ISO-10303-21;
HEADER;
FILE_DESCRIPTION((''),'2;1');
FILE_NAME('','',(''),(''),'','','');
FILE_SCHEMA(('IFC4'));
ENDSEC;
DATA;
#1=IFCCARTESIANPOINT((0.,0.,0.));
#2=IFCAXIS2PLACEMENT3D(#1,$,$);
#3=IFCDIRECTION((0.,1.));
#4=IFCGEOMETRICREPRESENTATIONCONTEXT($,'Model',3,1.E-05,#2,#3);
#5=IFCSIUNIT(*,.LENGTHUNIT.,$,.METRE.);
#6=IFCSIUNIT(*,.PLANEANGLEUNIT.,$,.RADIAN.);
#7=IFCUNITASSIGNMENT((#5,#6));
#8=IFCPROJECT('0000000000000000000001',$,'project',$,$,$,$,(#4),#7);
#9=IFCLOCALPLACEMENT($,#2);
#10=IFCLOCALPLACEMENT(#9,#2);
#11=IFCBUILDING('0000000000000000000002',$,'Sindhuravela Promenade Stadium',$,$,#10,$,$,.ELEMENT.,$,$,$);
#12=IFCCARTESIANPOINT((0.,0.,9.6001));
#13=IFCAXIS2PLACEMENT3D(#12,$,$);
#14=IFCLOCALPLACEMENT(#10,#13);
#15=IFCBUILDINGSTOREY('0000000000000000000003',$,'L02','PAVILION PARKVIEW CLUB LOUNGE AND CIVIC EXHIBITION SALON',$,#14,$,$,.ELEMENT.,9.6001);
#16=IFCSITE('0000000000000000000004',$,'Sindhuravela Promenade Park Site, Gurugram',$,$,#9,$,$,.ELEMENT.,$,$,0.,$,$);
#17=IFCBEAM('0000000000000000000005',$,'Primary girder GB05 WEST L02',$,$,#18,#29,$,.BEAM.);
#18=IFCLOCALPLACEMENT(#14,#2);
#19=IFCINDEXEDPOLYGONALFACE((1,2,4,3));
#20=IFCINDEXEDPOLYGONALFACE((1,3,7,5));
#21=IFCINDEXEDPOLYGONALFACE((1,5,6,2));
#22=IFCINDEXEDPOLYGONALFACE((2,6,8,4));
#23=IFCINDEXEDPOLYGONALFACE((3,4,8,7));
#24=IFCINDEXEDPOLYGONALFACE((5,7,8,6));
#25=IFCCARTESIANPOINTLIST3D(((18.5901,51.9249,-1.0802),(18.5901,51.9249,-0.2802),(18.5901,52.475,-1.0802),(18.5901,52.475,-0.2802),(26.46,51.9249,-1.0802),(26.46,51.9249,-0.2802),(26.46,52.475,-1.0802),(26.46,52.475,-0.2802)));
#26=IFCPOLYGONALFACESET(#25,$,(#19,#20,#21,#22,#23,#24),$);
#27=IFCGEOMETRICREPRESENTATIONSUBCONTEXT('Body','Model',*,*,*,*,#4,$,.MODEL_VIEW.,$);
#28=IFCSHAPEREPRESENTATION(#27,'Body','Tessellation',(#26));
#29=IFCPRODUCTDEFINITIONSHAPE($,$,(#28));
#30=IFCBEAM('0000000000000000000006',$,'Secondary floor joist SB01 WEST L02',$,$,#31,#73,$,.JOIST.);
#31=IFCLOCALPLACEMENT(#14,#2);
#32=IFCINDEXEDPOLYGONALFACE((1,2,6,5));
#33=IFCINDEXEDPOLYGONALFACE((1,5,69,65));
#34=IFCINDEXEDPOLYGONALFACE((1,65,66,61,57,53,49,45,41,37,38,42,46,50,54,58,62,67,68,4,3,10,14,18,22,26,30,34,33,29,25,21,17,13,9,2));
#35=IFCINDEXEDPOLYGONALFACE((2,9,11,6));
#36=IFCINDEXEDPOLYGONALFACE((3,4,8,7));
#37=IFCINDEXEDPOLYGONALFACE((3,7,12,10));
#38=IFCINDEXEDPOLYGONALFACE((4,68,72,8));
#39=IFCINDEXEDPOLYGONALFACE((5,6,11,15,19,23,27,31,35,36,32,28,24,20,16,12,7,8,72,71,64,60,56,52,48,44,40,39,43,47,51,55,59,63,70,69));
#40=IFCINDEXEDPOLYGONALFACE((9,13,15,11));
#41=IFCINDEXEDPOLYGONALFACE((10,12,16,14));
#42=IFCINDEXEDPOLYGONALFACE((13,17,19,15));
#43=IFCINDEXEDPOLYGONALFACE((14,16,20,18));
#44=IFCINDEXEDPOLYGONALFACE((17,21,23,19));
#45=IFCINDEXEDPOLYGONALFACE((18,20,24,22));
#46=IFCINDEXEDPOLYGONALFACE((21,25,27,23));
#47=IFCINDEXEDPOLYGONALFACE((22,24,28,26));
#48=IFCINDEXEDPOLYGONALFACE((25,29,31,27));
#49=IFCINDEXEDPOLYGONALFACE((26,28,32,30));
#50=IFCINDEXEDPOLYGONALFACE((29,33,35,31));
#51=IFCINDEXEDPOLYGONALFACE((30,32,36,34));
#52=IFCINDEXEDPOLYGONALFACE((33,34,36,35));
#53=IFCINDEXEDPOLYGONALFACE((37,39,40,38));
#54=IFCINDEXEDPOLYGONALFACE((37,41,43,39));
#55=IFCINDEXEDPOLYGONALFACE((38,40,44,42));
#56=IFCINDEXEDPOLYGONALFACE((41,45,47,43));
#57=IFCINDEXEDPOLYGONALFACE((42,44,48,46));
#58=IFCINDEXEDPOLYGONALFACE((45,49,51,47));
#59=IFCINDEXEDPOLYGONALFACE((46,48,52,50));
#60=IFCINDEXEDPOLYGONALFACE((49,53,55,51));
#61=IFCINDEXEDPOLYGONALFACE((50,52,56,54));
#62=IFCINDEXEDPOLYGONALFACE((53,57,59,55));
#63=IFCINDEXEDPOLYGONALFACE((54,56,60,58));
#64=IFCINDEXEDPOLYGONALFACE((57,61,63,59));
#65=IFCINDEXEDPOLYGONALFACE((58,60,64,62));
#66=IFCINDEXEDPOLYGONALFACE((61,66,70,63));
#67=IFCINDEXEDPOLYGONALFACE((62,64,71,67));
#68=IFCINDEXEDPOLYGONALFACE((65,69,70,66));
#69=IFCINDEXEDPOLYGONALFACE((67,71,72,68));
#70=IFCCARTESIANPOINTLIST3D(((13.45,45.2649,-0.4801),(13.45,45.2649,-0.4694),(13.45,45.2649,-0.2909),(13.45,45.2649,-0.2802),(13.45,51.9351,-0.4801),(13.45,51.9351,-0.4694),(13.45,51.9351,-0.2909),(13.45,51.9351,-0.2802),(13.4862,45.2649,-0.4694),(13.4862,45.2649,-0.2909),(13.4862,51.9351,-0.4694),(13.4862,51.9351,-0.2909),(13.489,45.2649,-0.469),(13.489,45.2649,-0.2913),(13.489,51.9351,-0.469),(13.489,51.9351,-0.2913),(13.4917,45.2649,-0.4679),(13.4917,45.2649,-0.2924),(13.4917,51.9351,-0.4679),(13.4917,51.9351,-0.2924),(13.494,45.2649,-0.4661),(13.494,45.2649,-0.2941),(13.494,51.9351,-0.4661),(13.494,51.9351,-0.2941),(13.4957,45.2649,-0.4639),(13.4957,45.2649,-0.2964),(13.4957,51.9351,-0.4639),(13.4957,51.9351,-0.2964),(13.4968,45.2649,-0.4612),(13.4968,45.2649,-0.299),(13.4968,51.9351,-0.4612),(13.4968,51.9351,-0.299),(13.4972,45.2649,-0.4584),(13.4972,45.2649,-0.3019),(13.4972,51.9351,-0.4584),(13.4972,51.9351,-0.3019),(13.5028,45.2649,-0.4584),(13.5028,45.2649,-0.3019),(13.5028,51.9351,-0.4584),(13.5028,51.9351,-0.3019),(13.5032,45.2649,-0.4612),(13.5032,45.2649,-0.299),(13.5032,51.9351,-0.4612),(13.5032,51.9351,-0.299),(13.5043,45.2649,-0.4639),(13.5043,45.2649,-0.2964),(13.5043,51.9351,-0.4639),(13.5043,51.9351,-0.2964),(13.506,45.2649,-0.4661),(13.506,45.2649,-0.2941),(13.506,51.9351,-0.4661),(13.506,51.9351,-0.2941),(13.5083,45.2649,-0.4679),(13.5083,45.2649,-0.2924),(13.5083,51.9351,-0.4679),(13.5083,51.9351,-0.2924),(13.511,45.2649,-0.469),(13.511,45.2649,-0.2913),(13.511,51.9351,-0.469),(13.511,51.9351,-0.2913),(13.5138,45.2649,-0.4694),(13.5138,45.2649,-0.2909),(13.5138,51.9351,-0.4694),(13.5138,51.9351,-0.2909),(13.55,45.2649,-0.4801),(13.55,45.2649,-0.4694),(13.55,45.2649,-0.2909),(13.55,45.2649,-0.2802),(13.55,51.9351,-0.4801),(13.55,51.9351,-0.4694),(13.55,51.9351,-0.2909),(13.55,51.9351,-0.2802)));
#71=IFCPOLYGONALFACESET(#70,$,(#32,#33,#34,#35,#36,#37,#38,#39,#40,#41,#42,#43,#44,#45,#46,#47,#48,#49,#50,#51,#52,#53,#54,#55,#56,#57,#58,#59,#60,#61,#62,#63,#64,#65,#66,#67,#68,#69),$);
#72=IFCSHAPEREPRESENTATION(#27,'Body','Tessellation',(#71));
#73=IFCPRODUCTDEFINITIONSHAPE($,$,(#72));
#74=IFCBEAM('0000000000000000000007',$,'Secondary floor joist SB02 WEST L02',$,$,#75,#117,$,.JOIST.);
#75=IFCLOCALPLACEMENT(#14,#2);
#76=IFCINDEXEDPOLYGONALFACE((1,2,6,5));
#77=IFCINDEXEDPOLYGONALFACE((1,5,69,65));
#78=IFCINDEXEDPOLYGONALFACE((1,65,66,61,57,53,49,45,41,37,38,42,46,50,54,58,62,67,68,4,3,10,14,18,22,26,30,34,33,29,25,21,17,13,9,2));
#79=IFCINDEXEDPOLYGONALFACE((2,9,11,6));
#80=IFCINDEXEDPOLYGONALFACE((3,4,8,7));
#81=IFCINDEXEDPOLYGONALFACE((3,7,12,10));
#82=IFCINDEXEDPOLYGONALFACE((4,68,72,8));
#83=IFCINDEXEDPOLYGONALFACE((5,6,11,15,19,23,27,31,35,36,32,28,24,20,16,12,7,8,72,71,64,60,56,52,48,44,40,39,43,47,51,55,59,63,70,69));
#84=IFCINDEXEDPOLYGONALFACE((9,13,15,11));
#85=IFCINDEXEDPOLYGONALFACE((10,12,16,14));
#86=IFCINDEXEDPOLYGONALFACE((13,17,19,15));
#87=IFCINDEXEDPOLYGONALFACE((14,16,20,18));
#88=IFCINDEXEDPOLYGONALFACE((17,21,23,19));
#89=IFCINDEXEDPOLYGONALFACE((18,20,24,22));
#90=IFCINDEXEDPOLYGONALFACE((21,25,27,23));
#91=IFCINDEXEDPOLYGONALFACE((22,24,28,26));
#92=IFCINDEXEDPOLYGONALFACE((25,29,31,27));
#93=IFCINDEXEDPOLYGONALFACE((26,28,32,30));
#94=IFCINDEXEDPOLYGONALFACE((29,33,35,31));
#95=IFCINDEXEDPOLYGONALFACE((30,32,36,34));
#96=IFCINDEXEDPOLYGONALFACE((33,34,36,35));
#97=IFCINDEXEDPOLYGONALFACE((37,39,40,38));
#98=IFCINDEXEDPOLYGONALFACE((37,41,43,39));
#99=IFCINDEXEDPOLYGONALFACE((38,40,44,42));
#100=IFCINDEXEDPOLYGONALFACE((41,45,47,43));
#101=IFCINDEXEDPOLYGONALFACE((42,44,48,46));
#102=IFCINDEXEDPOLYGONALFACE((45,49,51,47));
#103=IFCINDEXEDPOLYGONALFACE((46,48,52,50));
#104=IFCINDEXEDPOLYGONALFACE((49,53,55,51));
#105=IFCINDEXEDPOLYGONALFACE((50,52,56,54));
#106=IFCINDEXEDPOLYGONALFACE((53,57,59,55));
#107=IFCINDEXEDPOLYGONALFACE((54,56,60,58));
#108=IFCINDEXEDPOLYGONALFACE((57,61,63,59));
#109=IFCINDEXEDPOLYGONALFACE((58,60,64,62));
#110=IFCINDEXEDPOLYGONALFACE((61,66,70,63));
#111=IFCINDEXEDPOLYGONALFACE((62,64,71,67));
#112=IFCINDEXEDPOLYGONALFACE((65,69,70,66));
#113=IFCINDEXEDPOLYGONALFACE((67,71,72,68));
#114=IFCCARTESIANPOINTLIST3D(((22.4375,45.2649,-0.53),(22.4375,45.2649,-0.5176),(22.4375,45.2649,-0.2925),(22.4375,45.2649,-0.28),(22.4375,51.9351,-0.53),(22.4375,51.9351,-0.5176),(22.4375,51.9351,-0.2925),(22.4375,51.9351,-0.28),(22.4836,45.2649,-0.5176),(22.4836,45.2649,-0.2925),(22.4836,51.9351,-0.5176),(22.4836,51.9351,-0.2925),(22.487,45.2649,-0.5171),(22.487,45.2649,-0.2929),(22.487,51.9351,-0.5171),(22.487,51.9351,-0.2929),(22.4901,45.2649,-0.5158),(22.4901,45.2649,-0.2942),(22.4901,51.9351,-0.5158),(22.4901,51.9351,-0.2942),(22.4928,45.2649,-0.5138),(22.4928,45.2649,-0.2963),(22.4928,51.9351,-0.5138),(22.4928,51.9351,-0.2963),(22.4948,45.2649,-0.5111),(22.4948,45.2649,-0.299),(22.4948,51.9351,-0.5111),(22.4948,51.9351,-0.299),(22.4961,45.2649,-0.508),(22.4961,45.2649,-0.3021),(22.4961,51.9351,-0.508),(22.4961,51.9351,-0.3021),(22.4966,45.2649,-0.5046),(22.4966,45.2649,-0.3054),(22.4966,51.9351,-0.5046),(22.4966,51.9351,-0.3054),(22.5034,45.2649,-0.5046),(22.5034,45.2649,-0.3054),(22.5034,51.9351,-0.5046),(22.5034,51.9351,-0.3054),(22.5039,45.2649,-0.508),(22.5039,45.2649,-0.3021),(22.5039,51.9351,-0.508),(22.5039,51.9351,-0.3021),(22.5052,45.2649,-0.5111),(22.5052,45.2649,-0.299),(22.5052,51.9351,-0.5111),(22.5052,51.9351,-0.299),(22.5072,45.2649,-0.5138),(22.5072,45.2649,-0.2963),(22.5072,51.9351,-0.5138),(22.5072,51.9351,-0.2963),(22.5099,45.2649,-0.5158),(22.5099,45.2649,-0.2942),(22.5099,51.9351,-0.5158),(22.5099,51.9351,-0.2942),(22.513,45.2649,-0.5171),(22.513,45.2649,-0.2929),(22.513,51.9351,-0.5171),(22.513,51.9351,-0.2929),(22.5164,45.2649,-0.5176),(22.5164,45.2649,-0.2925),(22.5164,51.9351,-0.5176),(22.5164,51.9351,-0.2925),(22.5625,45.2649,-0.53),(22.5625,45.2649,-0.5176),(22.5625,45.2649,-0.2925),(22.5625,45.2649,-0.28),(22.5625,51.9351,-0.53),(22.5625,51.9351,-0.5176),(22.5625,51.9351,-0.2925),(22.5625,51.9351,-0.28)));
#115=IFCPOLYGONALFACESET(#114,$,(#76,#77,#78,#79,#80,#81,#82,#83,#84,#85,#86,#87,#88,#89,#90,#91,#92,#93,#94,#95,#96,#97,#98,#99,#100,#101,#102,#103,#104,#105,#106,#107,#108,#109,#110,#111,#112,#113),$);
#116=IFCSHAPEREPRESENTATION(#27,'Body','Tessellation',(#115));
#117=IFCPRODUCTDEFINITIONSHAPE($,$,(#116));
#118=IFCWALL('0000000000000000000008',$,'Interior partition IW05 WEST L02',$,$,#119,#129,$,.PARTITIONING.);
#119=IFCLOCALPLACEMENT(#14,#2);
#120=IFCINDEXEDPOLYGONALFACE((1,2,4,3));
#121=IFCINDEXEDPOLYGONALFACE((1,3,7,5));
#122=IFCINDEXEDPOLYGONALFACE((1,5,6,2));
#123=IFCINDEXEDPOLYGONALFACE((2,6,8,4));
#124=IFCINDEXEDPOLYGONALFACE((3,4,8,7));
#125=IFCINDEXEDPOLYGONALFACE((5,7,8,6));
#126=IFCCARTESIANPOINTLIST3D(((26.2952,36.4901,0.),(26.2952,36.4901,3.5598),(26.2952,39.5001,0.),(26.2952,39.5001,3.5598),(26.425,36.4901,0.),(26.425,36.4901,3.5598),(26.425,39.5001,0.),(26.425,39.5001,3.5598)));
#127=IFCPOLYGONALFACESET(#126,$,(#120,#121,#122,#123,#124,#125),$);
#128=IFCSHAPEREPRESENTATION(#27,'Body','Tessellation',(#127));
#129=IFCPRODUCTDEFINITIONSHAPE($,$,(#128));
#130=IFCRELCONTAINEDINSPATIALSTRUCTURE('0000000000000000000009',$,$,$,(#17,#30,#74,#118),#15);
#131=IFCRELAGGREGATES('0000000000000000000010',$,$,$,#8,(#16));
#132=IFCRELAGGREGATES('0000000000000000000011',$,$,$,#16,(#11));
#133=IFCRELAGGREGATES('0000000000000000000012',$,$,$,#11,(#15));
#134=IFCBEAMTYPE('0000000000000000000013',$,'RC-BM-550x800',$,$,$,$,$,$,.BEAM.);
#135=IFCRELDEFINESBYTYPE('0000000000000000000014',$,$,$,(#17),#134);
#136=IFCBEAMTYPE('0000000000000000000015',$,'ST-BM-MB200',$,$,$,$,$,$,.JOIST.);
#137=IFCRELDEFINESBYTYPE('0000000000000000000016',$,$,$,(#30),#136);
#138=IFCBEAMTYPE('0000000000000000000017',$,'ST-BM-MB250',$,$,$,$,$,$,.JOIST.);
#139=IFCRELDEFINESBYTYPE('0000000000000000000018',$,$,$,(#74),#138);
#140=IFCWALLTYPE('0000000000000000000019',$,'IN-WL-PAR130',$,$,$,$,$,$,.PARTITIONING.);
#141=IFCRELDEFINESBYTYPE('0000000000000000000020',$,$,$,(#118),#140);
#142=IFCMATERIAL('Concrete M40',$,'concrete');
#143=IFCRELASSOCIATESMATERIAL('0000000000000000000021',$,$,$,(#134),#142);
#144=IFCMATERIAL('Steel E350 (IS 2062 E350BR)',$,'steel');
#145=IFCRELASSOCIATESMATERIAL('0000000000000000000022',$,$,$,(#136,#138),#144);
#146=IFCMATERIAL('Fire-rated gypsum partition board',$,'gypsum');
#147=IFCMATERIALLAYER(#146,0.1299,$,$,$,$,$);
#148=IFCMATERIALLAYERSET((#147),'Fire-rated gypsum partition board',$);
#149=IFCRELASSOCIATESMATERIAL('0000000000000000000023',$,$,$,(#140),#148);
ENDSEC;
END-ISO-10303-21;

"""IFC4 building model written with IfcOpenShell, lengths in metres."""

from ifc_helpers import new_model, si_unit, direction, frame, frame_2d, origin, origin_2d, place, context, subcontext, project, spatial, rectangle, i_section, extrude, material, layer, layer_set, material_profile, profile_set, type_object, element, save


model = new_model("IFC4")

# Units and contexts
model_context = context("Model", 3, precision=1e-05, world=origin(), true_north=direction((0.0, 1.0)))
body_context = subcontext(model_context, "Body", "Model", "MODEL_VIEW")
ifc_project = project(units=[si_unit("LENGTHUNIT", "METRE"), si_unit("PLANEANGLEUNIT", "RADIAN")], contexts=[model_context])

# Site, building, storey
site_placement = place(None, origin())
site = spatial("IfcSite", under=ifc_project, at=site_placement, Name="Sindhuravela Promenade Park Site, Gurugram", CompositionType="ELEMENT", RefElevation=0.0)
building_placement = place(site_placement, origin())
building = spatial("IfcBuilding", under=site, at=building_placement, Name="Sindhuravela Promenade Stadium", CompositionType="ELEMENT")
storey_placement = place(building_placement, frame((0.0, 0.0, 9.6001)))
storey = spatial("IfcBuildingStorey", under=building, at=storey_placement, Name="L02", Description="PAVILION PARKVIEW CLUB LOUNGE AND CIVIC EXHIBITION SALON", CompositionType="ELEMENT", Elevation=9.6001)

# Beams
ifc_material_1 = material(Name="Concrete M40", Category="concrete")
ifc_material_profile_1 = material_profile(ifc_material_1, rectangle(XDim=0.55, YDim=0.8, at=origin_2d()), Name="RC 550x800")
ifc_profile_set_1 = profile_set([ifc_material_profile_1], Name="Concrete M40")
beam_type_1 = type_object("IfcBeamType", Name="RC-BM-550x800", PredefinedType="BEAM", material=ifc_profile_set_1)
for number, where, z_axis, x_axis, name in (
    (1, (18.5901, 52.2, -0.6802), (1.0, 0.0, 0.0), (0.0, 1.0, 0.0), "Primary girder GB05 WEST L02"),
):
    element("IfcBeam", number, at=place(storey_placement, frame(where, z_axis=z_axis, x_axis=x_axis)), inside=storey, type_object=beam_type_1, Name=name, PredefinedType="BEAM", context=body_context, shape_type="SweptSolid", body=[
        extrude(rectangle(XDim=0.55, YDim=0.8, at=origin_2d()), origin(), (0.0, 0.0, 1.0), 7.8699),
    ])
ifc_material_2 = material(Name="Steel E350 (IS 2062 E350BR)", Category="steel")
ifc_material_profile_2 = material_profile(ifc_material_2, i_section(OverallWidth=0.1001, OverallDepth=0.2, WebThickness=0.0056, FlangeThickness=0.0107, FilletRadius=0.011, at=origin_2d()), Name="ISMB 200")
ifc_profile_set_2 = profile_set([ifc_material_profile_2], Name="Steel E350 (IS 2062 E350BR)")
beam_type_2 = type_object("IfcBeamType", Name="ST-BM-MB200", PredefinedType="JOIST", material=ifc_profile_set_2)
beam_1_placement = place(storey_placement, frame((13.5, 45.2649, -0.3801), z_axis=(0.0, 1.0, 0.0), x_axis=(-1.0, 0.0, 0.0)))
element("IfcBeam", 2, at=beam_1_placement, inside=storey, type_object=beam_type_2, Name="Secondary floor joist SB01 WEST L02", PredefinedType="JOIST", context=body_context, shape_type="SweptSolid", body=[
    extrude(i_section(OverallWidth=0.1001, OverallDepth=0.2, WebThickness=0.0056, FlangeThickness=0.0107, FilletRadius=0.011, at=origin_2d()), origin(), (0.0, 0.0, 1.0), 6.6702),
])
ifc_material_profile_3 = material_profile(ifc_material_2, i_section(OverallWidth=0.125, OverallDepth=0.25, WebThickness=0.0068, FlangeThickness=0.0125, FilletRadius=0.0129, at=origin_2d()), Name="ISMB 250")
ifc_profile_set_3 = profile_set([ifc_material_profile_3], Name="Steel E350 (IS 2062 E350BR)")
beam_type_3 = type_object("IfcBeamType", Name="ST-BM-MB250", PredefinedType="JOIST", material=ifc_profile_set_3)
beam_2_placement = place(storey_placement, frame((22.5, 45.2649, -0.405), z_axis=(0.0, 1.0, 0.0), x_axis=(-1.0, 0.0, 0.0)))
element("IfcBeam", 3, at=beam_2_placement, inside=storey, type_object=beam_type_3, Name="Secondary floor joist SB02 WEST L02", PredefinedType="JOIST", context=body_context, shape_type="SweptSolid", body=[
    extrude(i_section(OverallWidth=0.125, OverallDepth=0.25, WebThickness=0.0068, FlangeThickness=0.0125, FilletRadius=0.0129, at=origin_2d()), origin(), (0.0, 0.0, 1.0), 6.6702),
])

# Wall
ifc_material_3 = material(Name="Fire-rated gypsum partition board", Category="gypsum")
ifc_layer = layer(ifc_material_3, 0.1299)
ifc_layer_set = layer_set([ifc_layer], Name="Fire-rated gypsum partition board")
wall_type = type_object("IfcWallType", Name="IN-WL-PAR130", PredefinedType="PARTITIONING", material=ifc_layer_set)
wall_placement = place(storey_placement, frame((26.3601, 39.5, 0.0), z_axis=(0.0, 0.0, 1.0), x_axis=(0.0, -1.0, 0.0)))
element("IfcWall", 4, at=wall_placement, inside=storey, type_object=wall_type, Name="Interior partition IW05 WEST L02", PredefinedType="PARTITIONING", context=body_context, shape_type="SweptSolid", body=[
    extrude(rectangle(XDim=3.01, YDim=0.1299, at=frame_2d((1.5049, 0.0))), origin(), (0.0, 0.0, 1.0), 3.5598),
])

save(model, "model.ifc")
